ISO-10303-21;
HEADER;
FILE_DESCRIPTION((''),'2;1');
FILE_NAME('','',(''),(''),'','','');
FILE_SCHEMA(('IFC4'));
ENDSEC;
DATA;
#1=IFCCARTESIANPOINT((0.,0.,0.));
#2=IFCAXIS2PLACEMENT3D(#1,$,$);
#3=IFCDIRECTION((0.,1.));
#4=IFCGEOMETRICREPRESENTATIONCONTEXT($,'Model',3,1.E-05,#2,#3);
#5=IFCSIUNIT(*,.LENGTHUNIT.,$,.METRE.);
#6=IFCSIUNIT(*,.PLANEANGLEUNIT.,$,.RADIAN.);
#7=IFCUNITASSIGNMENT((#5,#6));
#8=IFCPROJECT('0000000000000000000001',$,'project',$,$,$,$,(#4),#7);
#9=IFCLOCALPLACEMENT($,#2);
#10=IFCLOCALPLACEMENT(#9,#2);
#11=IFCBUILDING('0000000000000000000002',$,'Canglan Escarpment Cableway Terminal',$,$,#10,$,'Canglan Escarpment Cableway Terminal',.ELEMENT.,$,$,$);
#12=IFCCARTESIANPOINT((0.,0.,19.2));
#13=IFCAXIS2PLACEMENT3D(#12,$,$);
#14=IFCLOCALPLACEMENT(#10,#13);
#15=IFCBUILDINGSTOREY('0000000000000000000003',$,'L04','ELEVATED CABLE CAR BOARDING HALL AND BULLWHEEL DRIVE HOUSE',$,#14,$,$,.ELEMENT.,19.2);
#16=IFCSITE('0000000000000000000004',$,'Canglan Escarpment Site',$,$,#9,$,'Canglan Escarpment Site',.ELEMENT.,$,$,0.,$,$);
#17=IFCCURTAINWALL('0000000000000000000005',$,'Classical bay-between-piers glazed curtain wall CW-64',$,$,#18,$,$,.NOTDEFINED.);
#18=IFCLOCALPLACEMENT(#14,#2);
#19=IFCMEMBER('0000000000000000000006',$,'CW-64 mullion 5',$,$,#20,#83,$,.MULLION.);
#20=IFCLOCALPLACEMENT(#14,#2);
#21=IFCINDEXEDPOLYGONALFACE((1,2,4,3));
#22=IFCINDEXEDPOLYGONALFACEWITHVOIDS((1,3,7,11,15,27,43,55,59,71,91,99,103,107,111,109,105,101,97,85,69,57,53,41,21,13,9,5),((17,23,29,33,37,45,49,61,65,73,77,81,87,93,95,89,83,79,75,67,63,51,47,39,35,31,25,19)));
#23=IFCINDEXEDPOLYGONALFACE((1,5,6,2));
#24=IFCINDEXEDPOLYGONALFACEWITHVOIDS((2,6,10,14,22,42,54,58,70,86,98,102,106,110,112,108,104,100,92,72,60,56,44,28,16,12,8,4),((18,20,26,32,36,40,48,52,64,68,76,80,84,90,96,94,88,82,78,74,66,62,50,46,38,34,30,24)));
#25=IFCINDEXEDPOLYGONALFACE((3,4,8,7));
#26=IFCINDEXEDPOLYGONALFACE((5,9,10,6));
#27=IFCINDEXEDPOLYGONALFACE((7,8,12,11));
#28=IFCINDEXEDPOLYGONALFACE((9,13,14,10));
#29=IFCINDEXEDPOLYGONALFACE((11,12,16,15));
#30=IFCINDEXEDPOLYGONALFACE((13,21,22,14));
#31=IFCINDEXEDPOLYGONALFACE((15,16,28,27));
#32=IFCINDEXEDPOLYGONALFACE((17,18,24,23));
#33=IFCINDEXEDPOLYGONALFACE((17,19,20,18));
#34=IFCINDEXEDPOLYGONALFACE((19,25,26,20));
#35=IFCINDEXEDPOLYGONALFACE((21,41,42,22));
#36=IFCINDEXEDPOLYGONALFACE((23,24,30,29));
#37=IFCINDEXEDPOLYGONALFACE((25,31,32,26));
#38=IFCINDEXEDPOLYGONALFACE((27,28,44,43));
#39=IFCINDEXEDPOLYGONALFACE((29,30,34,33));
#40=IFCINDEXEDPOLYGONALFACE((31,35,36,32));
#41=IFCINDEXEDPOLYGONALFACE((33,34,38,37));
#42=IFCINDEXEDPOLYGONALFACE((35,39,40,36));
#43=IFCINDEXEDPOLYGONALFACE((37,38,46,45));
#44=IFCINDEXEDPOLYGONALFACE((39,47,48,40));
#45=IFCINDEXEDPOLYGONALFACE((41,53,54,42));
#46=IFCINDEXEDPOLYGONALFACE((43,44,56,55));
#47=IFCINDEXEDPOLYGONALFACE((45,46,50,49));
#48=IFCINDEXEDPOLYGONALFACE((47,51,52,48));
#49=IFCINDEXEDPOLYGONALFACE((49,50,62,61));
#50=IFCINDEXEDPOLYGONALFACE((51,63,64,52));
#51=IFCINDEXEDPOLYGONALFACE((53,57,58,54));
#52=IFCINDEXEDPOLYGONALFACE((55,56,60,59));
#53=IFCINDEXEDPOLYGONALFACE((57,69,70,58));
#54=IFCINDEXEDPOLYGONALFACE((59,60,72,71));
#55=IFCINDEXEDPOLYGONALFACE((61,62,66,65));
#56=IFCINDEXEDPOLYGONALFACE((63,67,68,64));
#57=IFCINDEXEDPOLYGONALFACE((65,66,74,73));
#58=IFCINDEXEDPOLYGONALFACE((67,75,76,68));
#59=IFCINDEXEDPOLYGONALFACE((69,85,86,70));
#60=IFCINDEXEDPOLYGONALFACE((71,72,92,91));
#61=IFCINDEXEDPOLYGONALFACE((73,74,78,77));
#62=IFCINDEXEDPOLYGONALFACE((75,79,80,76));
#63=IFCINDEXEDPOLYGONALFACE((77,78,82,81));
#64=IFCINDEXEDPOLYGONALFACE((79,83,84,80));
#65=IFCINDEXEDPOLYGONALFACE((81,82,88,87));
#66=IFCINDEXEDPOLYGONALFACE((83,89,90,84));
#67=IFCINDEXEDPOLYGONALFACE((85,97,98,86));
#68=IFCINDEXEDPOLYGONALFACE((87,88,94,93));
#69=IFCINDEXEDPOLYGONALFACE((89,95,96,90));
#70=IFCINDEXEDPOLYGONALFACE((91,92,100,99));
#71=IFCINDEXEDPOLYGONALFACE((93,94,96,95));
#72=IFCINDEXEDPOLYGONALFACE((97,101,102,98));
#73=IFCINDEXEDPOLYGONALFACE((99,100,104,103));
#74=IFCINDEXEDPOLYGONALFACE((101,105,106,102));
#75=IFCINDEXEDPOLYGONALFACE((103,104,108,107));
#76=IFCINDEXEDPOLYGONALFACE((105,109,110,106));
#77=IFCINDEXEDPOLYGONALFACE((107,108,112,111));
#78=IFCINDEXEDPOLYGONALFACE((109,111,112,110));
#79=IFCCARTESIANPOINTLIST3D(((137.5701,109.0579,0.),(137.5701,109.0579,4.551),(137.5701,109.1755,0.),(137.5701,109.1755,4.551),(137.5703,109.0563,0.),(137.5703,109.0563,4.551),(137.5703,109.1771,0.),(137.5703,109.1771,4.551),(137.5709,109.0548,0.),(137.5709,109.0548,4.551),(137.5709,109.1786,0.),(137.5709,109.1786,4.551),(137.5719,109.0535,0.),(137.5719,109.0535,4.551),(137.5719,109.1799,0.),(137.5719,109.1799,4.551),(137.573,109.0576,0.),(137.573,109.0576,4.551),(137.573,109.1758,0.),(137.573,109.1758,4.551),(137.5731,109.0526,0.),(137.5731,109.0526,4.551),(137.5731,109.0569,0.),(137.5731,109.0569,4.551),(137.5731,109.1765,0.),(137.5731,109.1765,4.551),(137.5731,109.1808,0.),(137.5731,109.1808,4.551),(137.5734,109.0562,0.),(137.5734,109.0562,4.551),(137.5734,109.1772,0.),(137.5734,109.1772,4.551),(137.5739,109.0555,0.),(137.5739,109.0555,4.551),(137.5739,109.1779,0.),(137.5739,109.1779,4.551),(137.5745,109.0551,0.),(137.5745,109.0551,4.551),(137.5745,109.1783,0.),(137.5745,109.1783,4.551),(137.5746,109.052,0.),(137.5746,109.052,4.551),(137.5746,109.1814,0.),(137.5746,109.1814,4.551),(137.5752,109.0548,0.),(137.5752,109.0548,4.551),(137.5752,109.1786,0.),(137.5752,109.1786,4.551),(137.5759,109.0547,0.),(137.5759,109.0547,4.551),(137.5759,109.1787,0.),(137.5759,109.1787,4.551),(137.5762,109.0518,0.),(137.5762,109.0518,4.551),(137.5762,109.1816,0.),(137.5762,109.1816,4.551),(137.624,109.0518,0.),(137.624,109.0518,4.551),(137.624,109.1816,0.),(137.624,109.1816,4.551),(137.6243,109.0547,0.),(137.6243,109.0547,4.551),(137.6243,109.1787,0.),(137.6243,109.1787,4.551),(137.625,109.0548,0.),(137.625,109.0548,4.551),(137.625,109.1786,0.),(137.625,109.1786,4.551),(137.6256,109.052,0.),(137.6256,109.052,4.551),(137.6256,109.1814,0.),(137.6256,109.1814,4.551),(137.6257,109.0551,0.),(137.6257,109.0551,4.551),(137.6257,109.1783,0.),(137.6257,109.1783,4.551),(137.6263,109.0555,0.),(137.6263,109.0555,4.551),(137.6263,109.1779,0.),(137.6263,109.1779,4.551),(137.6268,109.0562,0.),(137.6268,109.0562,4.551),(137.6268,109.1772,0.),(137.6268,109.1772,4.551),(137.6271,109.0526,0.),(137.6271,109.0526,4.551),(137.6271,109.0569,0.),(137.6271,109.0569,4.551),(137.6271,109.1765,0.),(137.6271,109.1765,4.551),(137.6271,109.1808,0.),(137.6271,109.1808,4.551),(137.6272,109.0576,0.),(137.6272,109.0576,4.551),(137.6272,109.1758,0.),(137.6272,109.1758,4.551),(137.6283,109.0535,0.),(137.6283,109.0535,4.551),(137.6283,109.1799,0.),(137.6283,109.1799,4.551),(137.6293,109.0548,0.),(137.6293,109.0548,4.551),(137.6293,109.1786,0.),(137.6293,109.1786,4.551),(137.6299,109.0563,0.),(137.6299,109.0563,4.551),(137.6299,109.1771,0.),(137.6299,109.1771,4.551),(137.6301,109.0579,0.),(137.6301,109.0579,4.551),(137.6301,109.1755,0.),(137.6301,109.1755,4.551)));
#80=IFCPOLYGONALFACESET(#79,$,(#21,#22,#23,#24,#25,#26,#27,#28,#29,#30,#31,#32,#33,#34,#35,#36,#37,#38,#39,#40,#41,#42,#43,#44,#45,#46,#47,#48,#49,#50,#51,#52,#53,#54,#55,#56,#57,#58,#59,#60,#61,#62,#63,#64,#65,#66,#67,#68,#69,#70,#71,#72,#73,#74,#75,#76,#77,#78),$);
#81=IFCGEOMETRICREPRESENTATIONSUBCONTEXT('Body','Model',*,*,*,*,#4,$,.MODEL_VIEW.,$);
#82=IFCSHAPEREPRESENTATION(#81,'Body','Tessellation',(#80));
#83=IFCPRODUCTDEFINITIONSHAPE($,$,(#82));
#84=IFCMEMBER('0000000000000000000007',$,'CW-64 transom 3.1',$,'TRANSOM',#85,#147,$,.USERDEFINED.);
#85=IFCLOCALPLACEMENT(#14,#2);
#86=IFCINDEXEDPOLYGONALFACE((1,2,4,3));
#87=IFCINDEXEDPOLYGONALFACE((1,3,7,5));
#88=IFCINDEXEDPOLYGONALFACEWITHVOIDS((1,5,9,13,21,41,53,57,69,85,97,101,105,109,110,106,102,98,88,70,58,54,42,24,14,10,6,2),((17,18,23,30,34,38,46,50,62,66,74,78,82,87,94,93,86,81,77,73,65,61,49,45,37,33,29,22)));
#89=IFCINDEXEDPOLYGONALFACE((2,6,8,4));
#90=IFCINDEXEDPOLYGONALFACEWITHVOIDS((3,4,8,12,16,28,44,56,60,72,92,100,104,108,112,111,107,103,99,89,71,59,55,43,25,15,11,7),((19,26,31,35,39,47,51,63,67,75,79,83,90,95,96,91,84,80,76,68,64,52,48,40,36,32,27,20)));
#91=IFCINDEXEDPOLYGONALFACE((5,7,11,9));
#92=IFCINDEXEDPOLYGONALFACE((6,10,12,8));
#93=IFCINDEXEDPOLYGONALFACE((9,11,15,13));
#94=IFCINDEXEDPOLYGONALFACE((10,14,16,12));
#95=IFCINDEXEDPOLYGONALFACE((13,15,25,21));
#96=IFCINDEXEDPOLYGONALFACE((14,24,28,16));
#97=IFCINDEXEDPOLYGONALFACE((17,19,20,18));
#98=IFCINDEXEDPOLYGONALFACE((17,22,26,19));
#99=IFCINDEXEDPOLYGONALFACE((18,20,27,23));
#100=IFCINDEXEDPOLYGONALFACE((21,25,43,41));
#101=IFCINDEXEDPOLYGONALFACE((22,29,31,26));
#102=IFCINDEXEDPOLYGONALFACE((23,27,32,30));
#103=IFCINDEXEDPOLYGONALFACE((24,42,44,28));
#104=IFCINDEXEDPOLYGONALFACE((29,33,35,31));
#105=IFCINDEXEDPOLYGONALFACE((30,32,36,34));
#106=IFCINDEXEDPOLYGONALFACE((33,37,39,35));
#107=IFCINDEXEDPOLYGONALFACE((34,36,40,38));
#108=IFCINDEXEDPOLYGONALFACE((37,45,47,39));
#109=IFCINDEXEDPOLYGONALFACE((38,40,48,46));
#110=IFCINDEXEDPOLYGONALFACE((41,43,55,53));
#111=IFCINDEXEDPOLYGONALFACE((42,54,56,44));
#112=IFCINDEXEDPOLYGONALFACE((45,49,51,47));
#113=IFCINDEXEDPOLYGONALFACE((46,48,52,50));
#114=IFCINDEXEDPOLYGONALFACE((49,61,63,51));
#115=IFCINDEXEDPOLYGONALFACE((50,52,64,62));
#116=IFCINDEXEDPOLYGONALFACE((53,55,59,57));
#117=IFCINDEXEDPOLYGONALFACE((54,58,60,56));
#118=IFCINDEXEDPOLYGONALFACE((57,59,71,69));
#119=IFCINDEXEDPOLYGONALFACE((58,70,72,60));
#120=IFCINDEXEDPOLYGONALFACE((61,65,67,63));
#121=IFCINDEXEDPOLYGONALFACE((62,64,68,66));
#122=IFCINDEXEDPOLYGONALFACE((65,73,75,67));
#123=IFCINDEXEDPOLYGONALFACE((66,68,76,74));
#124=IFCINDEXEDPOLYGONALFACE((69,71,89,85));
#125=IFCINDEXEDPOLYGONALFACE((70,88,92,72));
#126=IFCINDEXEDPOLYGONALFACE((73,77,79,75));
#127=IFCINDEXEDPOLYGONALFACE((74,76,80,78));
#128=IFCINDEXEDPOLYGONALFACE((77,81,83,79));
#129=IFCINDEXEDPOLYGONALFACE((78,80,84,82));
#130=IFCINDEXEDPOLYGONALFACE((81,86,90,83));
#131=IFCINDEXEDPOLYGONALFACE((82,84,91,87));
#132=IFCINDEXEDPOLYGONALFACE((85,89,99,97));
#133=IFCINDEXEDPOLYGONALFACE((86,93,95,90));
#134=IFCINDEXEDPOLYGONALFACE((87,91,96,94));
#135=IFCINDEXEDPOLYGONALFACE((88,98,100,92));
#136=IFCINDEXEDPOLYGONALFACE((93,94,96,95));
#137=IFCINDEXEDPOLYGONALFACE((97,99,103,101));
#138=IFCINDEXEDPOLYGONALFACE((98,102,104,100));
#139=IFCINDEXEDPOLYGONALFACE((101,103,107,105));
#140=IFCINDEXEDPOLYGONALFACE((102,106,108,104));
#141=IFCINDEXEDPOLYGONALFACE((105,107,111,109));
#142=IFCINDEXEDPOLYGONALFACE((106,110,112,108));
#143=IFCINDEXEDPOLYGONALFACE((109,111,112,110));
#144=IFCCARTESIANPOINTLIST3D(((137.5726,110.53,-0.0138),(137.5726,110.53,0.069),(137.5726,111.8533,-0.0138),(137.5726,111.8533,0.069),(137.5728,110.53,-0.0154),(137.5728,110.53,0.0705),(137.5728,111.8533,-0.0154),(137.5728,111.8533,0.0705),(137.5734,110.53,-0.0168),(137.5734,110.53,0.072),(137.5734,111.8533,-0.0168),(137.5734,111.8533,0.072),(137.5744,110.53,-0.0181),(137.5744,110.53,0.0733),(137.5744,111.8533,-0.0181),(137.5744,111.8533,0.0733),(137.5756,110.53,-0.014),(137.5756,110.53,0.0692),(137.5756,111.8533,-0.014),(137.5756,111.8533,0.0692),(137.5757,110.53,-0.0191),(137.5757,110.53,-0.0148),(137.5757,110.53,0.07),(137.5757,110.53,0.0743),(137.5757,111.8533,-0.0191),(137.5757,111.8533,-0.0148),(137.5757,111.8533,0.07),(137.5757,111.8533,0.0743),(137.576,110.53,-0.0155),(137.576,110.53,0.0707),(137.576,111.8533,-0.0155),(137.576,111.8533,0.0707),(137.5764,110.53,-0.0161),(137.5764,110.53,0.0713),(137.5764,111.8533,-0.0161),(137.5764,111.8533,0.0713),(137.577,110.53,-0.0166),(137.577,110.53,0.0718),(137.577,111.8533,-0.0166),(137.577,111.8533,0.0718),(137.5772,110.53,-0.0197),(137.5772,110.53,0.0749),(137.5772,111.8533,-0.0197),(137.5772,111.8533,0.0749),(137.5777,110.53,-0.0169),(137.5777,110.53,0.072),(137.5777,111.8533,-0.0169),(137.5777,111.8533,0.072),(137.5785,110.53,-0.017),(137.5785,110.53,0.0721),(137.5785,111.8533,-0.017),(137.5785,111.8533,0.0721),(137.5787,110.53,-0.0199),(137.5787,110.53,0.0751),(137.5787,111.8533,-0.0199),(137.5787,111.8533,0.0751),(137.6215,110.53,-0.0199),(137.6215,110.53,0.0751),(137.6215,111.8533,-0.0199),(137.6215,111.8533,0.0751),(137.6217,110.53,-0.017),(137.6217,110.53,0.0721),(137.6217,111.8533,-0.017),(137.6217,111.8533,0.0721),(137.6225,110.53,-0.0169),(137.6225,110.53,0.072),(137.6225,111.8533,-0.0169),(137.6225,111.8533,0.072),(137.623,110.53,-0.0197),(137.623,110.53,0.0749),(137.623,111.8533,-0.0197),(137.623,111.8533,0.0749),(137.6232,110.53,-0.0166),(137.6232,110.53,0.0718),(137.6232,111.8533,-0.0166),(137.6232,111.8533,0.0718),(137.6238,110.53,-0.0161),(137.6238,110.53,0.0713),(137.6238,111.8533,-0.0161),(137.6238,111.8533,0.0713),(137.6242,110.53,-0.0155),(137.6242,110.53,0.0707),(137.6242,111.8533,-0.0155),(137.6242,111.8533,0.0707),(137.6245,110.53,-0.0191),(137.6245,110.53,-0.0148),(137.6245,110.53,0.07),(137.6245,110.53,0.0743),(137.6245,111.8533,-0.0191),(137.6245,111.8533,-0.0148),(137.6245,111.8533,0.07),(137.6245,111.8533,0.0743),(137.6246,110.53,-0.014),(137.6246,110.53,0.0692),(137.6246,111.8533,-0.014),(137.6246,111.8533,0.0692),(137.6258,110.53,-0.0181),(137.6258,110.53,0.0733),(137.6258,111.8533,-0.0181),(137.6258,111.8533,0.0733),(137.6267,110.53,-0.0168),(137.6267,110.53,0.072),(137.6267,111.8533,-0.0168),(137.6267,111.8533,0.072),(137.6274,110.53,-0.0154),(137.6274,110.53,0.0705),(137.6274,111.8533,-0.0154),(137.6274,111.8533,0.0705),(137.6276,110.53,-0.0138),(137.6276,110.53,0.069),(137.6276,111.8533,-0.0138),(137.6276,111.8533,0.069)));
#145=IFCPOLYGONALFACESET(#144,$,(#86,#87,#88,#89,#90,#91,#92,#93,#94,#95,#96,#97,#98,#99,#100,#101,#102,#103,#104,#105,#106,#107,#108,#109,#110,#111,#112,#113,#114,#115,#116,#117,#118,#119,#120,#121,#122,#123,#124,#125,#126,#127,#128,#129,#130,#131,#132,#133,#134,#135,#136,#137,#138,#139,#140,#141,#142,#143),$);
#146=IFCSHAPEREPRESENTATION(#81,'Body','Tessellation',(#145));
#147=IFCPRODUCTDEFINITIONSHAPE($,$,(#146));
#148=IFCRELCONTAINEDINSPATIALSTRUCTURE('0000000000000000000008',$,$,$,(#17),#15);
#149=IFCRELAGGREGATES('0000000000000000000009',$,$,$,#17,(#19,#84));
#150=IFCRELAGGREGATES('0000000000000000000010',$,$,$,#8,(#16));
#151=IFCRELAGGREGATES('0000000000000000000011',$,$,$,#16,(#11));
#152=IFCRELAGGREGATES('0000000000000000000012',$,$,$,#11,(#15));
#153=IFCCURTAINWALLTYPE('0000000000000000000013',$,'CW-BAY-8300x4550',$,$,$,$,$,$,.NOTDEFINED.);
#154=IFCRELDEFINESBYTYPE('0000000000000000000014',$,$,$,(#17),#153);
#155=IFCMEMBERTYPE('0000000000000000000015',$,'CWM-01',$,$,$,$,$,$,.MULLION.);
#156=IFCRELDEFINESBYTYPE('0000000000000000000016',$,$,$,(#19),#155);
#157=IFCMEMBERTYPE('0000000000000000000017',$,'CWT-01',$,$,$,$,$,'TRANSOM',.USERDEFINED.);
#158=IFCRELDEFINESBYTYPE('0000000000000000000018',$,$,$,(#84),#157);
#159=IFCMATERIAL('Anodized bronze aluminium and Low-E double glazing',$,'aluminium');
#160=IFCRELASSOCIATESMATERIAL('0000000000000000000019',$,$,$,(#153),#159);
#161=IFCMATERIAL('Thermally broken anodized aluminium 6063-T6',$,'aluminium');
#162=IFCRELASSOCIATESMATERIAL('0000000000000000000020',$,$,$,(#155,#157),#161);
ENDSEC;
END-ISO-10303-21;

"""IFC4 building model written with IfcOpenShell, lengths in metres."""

from ifc_helpers import new_model, si_unit, direction, frame, origin, origin_2d, place, context, subcontext, project, spatial, hollow_rectangle, extrude, material, material_profile, profile_set, type_object, element, aggregate, save


model = new_model("IFC4")

# Units and contexts
model_context = context("Model", 3, precision=1e-05, world=origin(), true_north=direction((0.0, 1.0)))
body_context = subcontext(model_context, "Body", "Model", "MODEL_VIEW")
ifc_project = project(units=[si_unit("LENGTHUNIT", "METRE"), si_unit("PLANEANGLEUNIT", "RADIAN")], contexts=[model_context])

# Site, building, storey
site_placement = place(None, origin())
site = spatial("IfcSite", under=ifc_project, at=site_placement, Name="Canglan Escarpment Site", LongName="Canglan Escarpment Site", CompositionType="ELEMENT", RefElevation=0.0)
building_placement = place(site_placement, origin())
building = spatial("IfcBuilding", under=site, at=building_placement, Name="Canglan Escarpment Cableway Terminal", LongName="Canglan Escarpment Cableway Terminal", CompositionType="ELEMENT")
storey_placement = place(building_placement, frame((0.0, 0.0, 19.2)))
storey = spatial("IfcBuildingStorey", under=building, at=storey_placement, Name="L04", Description="ELEVATED CABLE CAR BOARDING HALL AND BULLWHEEL DRIVE HOUSE", CompositionType="ELEMENT", Elevation=19.2)

# Curtain wall, members
ifc_material_1 = material(Name="Anodized bronze aluminium and Low-E double glazing", Category="aluminium")
curtain_wall_type_1 = type_object("IfcCurtainWallType", Name="CW-BAY-8300x4550", PredefinedType="NOTDEFINED", material=ifc_material_1)
curtain_wall_1_placement = place(storey_placement, origin())
curtain_wall_1 = element("IfcCurtainWall", 1, at=curtain_wall_1_placement, inside=storey, type_object=curtain_wall_type_1, Name="Classical bay-between-piers glazed curtain wall CW-64", PredefinedType="NOTDEFINED")
ifc_material_2 = material(Name="Thermally broken anodized aluminium 6063-T6", Category="aluminium")
ifc_material_profile_1 = material_profile(ifc_material_2, hollow_rectangle(XDim=0.0601, YDim=0.1299, WallThickness=0.0029, InnerFilletRadius=0.0029, OuterFilletRadius=0.0061, at=origin_2d()), Name="ALU-MULL 60x130x3")
ifc_profile_set_1 = profile_set([ifc_material_profile_1], Name="Thermally broken anodized aluminium 6063-T6")
member_type_1 = type_object("IfcMemberType", Name="CWM-01", PredefinedType="MULLION", material=ifc_profile_set_1)
member_1_placement = place(storey_placement, frame((137.6001, 109.1167, 0.0), z_axis=(0.0, 0.0, 1.0), x_axis=(1.0, 0.0, 0.0)))
member_1 = element("IfcMember", 2, at=member_1_placement, type_object=member_type_1, Name="CW-64 mullion 5", PredefinedType="MULLION", context=body_context, shape_type="SweptSolid", body=[
    extrude(hollow_rectangle(XDim=0.0601, YDim=0.1299, WallThickness=0.0029, InnerFilletRadius=0.0029, OuterFilletRadius=0.0061, at=origin_2d()), origin(), (0.0, 0.0, 1.0), 4.551),
])
ifc_material_profile_2 = material_profile(ifc_material_2, hollow_rectangle(XDim=0.0549, YDim=0.095, WallThickness=0.0029, InnerFilletRadius=0.0029, OuterFilletRadius=0.0061, at=origin_2d()), Name="ALU-TRAN 55x95x3")
ifc_profile_set_2 = profile_set([ifc_material_profile_2], Name="Thermally broken anodized aluminium 6063-T6")
member_type_2 = type_object("IfcMemberType", Name="CWT-01", ElementType="TRANSOM", PredefinedType="USERDEFINED", material=ifc_profile_set_2)
member_2_placement = place(storey_placement, frame((137.6001, 111.8533, 0.0276), z_axis=(0.0, -1.0, 0.0), x_axis=(1.0, 0.0, 0.0)))
member_2 = element("IfcMember", 3, at=member_2_placement, type_object=member_type_2, Name="CW-64 transom 3.1", ObjectType="TRANSOM", PredefinedType="USERDEFINED", context=body_context, shape_type="SweptSolid", body=[
    extrude(hollow_rectangle(XDim=0.0549, YDim=0.095, WallThickness=0.0029, InnerFilletRadius=0.0029, OuterFilletRadius=0.0061, at=origin_2d()), origin(), (0.0, 0.0, 1.0), 1.3232),
])

aggregate(curtain_wall_1, [member_1, member_2])

save(model, "model.ifc")
